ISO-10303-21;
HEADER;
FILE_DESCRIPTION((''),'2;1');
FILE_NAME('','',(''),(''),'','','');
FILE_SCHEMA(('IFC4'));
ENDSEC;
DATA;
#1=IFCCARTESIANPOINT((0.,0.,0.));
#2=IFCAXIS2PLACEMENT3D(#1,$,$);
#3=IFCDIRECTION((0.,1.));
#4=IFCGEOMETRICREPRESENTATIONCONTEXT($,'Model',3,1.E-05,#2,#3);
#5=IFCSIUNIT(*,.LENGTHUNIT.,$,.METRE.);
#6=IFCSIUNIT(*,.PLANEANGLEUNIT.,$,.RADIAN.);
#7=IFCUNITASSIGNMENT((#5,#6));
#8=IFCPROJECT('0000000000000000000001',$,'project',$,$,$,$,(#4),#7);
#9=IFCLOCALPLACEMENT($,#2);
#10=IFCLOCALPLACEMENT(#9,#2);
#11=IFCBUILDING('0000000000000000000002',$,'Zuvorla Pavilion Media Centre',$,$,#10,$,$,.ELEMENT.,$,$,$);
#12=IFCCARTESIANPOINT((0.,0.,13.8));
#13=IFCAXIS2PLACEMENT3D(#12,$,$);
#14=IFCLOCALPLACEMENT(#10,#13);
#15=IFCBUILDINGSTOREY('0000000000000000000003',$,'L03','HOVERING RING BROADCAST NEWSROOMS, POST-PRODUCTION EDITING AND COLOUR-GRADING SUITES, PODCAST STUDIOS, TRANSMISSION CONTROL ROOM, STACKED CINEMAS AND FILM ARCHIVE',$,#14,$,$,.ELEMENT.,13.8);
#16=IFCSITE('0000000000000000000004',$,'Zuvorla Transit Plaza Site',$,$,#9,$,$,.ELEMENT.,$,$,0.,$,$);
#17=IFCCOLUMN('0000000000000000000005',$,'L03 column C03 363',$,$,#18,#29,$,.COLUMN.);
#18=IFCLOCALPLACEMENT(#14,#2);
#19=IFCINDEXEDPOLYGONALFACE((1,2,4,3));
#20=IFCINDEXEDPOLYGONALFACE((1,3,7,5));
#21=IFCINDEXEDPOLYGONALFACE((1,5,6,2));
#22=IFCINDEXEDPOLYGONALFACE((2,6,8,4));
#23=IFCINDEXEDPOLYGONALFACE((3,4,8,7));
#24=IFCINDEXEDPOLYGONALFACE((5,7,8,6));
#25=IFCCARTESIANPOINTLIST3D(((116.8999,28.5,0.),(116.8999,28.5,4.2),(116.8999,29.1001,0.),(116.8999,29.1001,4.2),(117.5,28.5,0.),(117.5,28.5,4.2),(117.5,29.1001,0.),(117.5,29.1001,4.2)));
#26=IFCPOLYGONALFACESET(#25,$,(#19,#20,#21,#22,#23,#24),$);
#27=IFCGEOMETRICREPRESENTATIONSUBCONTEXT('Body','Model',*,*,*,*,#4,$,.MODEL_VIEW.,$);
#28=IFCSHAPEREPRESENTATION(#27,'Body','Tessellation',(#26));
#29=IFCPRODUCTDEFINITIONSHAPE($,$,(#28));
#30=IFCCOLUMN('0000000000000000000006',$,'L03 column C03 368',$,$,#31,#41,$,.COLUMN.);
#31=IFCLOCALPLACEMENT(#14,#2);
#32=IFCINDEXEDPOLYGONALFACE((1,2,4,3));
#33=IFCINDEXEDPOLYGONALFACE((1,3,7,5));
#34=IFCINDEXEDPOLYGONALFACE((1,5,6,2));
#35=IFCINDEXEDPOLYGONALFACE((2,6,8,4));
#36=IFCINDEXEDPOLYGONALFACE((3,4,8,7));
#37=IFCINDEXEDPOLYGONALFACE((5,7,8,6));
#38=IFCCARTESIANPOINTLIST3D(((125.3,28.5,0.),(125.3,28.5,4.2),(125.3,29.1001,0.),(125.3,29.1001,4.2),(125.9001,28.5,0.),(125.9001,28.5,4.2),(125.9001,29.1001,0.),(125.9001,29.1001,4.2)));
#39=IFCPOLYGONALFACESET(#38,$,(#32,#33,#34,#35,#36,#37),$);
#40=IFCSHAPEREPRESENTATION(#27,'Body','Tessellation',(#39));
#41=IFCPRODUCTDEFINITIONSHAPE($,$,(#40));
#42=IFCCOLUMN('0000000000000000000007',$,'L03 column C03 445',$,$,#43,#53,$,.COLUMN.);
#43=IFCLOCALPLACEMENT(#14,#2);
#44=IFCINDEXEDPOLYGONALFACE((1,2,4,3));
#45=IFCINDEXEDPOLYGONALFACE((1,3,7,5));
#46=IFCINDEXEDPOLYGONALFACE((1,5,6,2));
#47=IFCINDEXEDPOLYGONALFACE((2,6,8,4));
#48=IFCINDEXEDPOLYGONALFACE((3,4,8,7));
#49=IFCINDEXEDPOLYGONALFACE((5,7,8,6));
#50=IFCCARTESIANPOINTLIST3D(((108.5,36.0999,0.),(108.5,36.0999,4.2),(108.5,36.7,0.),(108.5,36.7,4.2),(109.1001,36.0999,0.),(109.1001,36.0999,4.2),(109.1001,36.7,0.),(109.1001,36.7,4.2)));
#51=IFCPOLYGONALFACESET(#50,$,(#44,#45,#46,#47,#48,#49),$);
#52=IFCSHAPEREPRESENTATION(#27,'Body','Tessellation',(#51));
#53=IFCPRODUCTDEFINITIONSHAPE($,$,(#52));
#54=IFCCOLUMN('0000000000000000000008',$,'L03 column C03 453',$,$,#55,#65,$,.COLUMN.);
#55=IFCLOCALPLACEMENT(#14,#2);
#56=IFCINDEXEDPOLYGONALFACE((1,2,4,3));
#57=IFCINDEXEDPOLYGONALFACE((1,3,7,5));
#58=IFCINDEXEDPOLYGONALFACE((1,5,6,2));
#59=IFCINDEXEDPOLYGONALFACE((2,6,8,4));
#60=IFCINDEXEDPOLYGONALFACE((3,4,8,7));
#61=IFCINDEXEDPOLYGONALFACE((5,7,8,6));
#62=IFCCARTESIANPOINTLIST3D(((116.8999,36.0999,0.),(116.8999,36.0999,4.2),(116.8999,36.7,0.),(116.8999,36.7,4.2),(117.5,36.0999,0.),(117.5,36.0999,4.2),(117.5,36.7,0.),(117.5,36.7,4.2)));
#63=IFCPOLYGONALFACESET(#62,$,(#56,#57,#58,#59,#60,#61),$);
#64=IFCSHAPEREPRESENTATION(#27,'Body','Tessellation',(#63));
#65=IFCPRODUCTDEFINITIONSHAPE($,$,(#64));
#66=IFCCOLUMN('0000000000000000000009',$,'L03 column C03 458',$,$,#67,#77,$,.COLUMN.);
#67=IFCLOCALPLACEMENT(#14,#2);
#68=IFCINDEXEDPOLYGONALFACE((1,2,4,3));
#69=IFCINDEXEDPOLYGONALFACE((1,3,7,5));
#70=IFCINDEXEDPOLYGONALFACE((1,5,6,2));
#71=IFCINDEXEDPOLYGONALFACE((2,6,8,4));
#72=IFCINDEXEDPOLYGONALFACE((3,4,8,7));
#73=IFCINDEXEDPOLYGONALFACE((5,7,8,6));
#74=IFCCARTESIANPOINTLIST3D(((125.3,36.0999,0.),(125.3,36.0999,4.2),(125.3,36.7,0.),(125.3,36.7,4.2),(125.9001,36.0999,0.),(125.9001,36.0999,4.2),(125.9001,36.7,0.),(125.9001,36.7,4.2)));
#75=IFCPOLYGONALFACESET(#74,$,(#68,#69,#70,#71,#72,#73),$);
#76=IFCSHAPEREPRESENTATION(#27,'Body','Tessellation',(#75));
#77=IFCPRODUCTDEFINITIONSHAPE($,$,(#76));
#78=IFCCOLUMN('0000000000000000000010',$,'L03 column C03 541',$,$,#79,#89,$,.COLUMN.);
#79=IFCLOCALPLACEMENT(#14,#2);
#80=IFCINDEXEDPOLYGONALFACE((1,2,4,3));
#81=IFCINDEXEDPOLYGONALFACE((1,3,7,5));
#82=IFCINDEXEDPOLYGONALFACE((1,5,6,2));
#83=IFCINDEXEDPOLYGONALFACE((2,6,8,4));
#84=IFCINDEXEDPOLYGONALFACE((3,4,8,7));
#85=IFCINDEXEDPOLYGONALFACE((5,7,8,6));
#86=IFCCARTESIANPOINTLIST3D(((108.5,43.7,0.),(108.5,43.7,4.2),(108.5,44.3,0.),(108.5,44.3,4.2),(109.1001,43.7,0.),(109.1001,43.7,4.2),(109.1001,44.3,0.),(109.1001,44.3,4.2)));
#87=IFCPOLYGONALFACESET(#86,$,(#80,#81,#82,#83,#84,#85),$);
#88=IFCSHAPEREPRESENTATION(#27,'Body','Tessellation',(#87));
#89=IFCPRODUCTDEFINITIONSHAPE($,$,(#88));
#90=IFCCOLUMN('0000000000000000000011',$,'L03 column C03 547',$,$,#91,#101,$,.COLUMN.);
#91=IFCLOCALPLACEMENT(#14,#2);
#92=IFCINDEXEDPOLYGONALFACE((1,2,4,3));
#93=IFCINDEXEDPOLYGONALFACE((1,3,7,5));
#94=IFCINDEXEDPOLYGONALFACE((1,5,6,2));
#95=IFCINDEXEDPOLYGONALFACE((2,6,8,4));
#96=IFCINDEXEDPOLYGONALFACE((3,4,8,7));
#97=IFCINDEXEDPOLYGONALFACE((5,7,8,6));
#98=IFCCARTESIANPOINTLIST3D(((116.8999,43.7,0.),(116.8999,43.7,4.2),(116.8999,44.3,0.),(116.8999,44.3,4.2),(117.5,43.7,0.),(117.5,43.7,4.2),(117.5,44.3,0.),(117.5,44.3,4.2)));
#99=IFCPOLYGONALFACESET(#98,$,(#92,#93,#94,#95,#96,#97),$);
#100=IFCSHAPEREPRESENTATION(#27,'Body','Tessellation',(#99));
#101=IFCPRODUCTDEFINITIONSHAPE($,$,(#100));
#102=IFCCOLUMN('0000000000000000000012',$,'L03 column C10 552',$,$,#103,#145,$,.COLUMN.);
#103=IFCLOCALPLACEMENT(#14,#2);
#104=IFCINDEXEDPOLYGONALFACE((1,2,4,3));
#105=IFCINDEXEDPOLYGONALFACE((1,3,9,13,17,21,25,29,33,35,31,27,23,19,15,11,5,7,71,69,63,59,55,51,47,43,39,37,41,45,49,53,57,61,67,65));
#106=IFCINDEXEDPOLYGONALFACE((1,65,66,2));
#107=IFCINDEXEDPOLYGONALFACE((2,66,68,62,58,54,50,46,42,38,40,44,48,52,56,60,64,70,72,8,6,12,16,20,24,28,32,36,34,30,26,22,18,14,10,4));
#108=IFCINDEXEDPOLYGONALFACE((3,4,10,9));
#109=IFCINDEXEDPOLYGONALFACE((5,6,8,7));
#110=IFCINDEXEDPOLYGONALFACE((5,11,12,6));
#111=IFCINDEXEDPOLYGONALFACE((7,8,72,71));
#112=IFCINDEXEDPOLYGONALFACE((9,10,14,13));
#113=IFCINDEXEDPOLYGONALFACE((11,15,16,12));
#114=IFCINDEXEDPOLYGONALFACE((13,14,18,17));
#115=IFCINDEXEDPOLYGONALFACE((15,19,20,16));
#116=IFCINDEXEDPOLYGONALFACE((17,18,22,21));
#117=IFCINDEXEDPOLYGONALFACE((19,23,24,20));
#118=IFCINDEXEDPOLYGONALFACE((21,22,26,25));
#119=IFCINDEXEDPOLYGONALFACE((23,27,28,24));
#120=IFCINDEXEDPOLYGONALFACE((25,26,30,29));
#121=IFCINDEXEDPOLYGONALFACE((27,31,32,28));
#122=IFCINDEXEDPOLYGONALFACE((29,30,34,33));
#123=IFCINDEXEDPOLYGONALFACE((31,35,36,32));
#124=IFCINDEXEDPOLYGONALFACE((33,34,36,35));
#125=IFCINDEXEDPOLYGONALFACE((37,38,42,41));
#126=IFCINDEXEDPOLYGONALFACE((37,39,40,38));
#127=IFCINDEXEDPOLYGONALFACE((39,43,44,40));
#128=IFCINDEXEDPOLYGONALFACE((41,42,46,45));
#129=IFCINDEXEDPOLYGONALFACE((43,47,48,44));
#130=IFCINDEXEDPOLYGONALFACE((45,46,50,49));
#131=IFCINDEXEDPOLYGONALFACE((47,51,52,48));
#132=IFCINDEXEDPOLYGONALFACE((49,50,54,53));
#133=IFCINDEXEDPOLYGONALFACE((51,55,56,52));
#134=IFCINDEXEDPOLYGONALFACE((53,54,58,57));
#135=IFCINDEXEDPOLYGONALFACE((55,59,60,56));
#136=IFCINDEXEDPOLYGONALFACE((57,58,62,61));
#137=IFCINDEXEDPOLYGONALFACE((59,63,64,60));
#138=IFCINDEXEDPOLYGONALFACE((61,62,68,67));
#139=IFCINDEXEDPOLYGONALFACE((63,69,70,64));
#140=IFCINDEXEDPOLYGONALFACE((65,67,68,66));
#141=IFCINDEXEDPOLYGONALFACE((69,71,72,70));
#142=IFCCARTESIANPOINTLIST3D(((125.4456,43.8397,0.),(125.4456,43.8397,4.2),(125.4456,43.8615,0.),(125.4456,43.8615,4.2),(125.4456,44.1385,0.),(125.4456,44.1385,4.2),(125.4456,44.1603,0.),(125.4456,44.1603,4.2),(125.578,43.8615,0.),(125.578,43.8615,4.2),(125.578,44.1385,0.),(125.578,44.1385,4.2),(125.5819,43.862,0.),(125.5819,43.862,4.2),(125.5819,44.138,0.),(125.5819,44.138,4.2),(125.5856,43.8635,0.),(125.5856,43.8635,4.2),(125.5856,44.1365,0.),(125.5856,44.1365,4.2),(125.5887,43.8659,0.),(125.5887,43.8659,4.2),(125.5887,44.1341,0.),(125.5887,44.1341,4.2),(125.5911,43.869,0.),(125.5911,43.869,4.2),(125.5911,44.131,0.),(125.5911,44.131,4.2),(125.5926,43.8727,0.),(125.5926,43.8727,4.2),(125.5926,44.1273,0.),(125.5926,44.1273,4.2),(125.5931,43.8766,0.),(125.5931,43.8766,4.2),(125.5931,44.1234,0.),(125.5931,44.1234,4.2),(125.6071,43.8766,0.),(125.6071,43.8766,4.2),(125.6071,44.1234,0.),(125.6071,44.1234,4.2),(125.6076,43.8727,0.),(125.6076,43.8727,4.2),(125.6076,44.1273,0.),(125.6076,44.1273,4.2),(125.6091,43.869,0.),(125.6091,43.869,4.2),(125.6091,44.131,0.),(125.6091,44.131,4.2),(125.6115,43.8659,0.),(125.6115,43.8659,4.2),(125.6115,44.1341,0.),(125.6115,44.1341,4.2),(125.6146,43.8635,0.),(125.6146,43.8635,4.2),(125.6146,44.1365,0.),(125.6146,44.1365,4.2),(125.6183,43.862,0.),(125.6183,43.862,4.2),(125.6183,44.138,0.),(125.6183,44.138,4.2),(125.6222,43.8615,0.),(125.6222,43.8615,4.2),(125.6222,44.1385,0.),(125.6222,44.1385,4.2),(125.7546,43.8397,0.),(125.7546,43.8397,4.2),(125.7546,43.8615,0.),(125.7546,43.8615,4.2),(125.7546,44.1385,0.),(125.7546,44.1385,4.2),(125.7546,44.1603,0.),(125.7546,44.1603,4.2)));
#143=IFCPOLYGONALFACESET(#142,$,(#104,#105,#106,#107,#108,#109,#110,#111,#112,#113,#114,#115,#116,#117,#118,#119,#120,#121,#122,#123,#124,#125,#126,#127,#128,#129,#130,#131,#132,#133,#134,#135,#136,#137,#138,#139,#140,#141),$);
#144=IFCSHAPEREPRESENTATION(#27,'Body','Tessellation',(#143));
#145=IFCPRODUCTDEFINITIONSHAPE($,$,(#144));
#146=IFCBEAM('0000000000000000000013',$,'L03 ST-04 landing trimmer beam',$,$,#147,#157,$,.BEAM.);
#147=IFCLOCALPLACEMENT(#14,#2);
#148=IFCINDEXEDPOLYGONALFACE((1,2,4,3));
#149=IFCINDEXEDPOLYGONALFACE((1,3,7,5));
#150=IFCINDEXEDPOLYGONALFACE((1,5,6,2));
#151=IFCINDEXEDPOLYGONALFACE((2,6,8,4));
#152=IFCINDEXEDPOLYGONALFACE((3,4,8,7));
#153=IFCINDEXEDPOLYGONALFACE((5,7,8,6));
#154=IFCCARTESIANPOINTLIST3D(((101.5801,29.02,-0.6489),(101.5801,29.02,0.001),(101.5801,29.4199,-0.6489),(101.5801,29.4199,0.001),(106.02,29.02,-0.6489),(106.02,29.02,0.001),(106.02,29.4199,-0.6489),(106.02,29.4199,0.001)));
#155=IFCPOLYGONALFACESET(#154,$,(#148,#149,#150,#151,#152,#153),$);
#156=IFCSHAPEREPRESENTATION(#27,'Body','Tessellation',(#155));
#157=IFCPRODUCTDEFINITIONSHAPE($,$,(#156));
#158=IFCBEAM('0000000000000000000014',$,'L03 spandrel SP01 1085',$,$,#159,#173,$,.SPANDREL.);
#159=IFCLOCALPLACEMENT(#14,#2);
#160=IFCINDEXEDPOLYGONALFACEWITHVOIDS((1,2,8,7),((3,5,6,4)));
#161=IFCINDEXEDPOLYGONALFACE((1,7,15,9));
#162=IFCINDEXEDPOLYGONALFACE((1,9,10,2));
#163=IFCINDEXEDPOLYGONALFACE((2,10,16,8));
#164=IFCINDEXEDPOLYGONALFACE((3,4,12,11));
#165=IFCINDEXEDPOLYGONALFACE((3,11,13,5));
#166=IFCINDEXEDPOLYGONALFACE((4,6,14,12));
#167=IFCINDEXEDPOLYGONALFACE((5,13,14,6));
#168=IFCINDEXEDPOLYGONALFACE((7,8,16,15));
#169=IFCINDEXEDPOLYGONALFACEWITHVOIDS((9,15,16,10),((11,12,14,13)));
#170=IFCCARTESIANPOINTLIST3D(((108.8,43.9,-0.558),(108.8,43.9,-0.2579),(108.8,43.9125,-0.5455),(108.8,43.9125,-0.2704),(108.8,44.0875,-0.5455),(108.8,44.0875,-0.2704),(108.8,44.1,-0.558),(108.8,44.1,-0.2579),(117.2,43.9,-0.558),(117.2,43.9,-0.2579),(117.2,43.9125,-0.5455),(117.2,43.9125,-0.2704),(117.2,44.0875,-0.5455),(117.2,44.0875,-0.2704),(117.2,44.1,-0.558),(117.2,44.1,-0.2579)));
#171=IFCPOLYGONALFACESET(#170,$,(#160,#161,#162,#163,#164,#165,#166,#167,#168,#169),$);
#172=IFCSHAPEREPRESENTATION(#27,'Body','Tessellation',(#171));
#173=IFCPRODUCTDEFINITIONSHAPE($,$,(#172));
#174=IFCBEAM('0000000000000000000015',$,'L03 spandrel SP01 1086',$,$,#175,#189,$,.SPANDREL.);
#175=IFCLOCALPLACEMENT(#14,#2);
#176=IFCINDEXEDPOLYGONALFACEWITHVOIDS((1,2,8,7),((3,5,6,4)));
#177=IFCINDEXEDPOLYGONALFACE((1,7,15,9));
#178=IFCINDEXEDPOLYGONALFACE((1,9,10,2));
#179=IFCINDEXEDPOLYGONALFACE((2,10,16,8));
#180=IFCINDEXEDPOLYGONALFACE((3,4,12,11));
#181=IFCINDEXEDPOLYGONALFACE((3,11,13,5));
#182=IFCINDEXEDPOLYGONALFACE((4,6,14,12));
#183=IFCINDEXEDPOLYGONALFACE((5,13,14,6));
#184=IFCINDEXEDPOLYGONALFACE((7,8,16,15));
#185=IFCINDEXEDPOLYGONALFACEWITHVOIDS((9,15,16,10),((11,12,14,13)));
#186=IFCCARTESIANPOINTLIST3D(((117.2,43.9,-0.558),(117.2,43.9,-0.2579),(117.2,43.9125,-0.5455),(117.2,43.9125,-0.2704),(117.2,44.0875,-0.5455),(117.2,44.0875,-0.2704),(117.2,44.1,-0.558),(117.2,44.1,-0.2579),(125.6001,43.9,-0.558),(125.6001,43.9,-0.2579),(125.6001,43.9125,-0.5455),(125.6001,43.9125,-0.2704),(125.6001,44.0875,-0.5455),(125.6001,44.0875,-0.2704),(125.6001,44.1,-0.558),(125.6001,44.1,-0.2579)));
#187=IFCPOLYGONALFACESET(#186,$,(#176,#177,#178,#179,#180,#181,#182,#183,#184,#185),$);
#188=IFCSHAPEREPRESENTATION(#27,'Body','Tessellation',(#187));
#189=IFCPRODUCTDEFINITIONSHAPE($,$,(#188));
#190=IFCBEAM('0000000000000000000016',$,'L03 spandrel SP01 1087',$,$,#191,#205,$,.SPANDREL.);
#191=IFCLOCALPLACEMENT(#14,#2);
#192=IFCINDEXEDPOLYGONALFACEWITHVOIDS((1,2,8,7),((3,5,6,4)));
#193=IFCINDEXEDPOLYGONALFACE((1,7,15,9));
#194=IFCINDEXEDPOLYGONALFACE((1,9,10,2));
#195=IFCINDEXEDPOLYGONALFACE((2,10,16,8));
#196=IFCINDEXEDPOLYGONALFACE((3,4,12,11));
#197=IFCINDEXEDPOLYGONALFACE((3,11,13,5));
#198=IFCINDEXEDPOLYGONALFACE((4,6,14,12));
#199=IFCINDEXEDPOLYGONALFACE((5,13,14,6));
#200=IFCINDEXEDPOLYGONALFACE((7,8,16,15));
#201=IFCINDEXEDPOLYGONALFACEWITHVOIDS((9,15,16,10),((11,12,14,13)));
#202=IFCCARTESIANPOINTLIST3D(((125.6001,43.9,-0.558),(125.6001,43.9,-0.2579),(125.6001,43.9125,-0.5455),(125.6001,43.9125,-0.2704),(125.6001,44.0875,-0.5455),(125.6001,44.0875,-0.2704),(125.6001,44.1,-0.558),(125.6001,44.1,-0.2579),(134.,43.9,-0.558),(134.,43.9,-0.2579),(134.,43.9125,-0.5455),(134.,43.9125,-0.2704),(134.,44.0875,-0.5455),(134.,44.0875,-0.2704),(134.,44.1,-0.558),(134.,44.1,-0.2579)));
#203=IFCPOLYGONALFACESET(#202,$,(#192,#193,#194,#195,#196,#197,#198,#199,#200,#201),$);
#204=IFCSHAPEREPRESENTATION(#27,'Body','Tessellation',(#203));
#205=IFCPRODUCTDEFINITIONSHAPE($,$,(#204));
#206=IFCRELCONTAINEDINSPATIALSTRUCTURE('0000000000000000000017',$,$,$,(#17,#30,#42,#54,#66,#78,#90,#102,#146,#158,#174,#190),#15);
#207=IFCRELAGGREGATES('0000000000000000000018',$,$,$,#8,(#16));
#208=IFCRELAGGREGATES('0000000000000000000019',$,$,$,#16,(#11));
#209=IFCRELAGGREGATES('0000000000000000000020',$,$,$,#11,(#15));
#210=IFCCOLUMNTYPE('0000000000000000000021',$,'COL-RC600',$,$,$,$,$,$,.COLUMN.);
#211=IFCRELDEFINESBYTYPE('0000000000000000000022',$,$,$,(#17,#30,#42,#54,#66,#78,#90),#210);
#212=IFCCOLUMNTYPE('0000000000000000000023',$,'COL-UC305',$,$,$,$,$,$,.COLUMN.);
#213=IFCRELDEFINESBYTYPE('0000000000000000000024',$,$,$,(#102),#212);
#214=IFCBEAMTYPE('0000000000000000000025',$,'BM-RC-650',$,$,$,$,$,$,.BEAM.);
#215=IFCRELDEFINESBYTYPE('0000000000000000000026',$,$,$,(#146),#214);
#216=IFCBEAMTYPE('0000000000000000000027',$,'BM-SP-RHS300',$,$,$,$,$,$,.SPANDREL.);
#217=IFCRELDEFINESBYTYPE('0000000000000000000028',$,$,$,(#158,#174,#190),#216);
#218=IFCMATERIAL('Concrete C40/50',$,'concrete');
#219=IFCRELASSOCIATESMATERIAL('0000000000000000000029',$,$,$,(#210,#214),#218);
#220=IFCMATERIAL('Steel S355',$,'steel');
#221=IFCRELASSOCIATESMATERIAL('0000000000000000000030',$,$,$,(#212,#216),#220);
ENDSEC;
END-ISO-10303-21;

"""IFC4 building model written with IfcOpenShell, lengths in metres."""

from ifc_helpers import new_model, si_unit, direction, frame, origin, origin_2d, place, context, subcontext, project, spatial, rectangle, hollow_rectangle, i_section, extrude, material, material_profile, profile_set, type_object, element, save


model = new_model("IFC4")

# Units and contexts
model_context = context("Model", 3, precision=1e-05, world=origin(), true_north=direction((0.0, 1.0)))
body_context = subcontext(model_context, "Body", "Model", "MODEL_VIEW")
ifc_project = project(units=[si_unit("LENGTHUNIT", "METRE"), si_unit("PLANEANGLEUNIT", "RADIAN")], contexts=[model_context])

# Site, building, storey
site_placement = place(None, origin())
site = spatial("IfcSite", under=ifc_project, at=site_placement, Name="Zuvorla Transit Plaza Site", CompositionType="ELEMENT", RefElevation=0.0)
building_placement = place(site_placement, origin())
building = spatial("IfcBuilding", under=site, at=building_placement, Name="Zuvorla Pavilion Media Centre", CompositionType="ELEMENT")
storey_placement = place(building_placement, frame((0.0, 0.0, 13.8)))
storey = spatial("IfcBuildingStorey", under=building, at=storey_placement, Name="L03", Description="HOVERING RING BROADCAST NEWSROOMS, POST-PRODUCTION EDITING AND COLOUR-GRADING SUITES, PODCAST STUDIOS, TRANSMISSION CONTROL ROOM, STACKED CINEMAS AND FILM ARCHIVE", CompositionType="ELEMENT", Elevation=13.8)

# Columns
ifc_material_1 = material(Name="Concrete C40/50", Category="concrete")
ifc_material_profile_1 = material_profile(ifc_material_1, rectangle(XDim=0.6001, YDim=0.6001, at=origin_2d()), Name="RC 600x600")
ifc_profile_set_1 = profile_set([ifc_material_profile_1], Name="Concrete C40/50")
column_type_1 = type_object("IfcColumnType", Name="COL-RC600", PredefinedType="COLUMN", material=ifc_profile_set_1)
for number, where, z_axis, x_axis, name in (
    (1, (117.2, 28.8, 0.0), (0.0, 0.0, 1.0), (1.0, 0.0, 0.0), "L03 column C03 363"),
    (2, (125.6001, 28.8, 0.0), (0.0, 0.0, 1.0), (1.0, 0.0, 0.0), "L03 column C03 368"),
    (3, (108.8, 36.3999, 0.0), (0.0, 0.0, 1.0), (1.0, 0.0, 0.0), "L03 column C03 445"),
    (4, (117.2, 36.3999, 0.0), (0.0, 0.0, 1.0), (1.0, 0.0, 0.0), "L03 column C03 453"),
    (5, (125.6001, 36.3999, 0.0), (0.0, 0.0, 1.0), (1.0, 0.0, 0.0), "L03 column C03 458"),
    (6, (108.8, 44.0, 0.0), (0.0, 0.0, 1.0), (1.0, 0.0, 0.0), "L03 column C03 541"),
    (7, (117.2, 44.0, 0.0), (0.0, 0.0, 1.0), (1.0, 0.0, 0.0), "L03 column C03 547"),
):
    element("IfcColumn", number, at=place(storey_placement, frame(where, z_axis=z_axis, x_axis=x_axis)), inside=storey, type_object=column_type_1, Name=name, PredefinedType="COLUMN", context=body_context, shape_type="SweptSolid", body=[
        extrude(rectangle(XDim=0.6001, YDim=0.6001, at=origin_2d()), origin(), (0.0, 0.0, 1.0), 4.2),
    ])
ifc_material_2 = material(Name="Steel S355", Category="steel")
ifc_material_profile_2 = material_profile(ifc_material_2, i_section(OverallWidth=0.3091, OverallDepth=0.3206, WebThickness=0.0139, FlangeThickness=0.0217, FilletRadius=0.0151, at=origin_2d()), Name="UC 305x305x137")
ifc_profile_set_2 = profile_set([ifc_material_profile_2], Name="Steel S355")
column_type_2 = type_object("IfcColumnType", Name="COL-UC305", PredefinedType="COLUMN", material=ifc_profile_set_2)
column_placement = place(storey_placement, frame((125.6001, 44.0, 0.0), z_axis=(0.0, 0.0, 1.0), x_axis=(1.0, 0.0, 0.0)))
element("IfcColumn", 8, at=column_placement, inside=storey, type_object=column_type_2, Name="L03 column C10 552", PredefinedType="COLUMN", context=body_context, shape_type="SweptSolid", body=[
    extrude(i_section(OverallWidth=0.3091, OverallDepth=0.3206, WebThickness=0.0139, FlangeThickness=0.0217, FilletRadius=0.0151, at=origin_2d()), origin(), (0.0, 0.0, 1.0), 4.2),
])

# Beams
ifc_material_profile_3 = material_profile(ifc_material_1, rectangle(XDim=0.3999, YDim=0.6499, at=origin_2d()), Name="RC 400x650")
ifc_profile_set_3 = profile_set([ifc_material_profile_3], Name="Concrete C40/50")
beam_type_1 = type_object("IfcBeamType", Name="BM-RC-650", PredefinedType="BEAM", material=ifc_profile_set_3)
beam_1_placement = place(storey_placement, frame((101.5801, 29.22, -0.324), z_axis=(1.0, 0.0, 0.0), x_axis=(0.0, 1.0, 0.0)))
element("IfcBeam", 9, at=beam_1_placement, inside=storey, type_object=beam_type_1, Name="L03 ST-04 landing trimmer beam", PredefinedType="BEAM", context=body_context, shape_type="SweptSolid", body=[
    extrude(rectangle(XDim=0.3999, YDim=0.6499, at=origin_2d()), origin(), (0.0, 0.0, 1.0), 4.4399),
])
ifc_material_profile_4 = material_profile(ifc_material_2, hollow_rectangle(XDim=0.2, YDim=0.3, WallThickness=0.0125, at=origin_2d()), Name="RHS 300x200x12.5")
ifc_profile_set_4 = profile_set([ifc_material_profile_4], Name="Steel S355")
beam_type_2 = type_object("IfcBeamType", Name="BM-SP-RHS300", PredefinedType="SPANDREL", material=ifc_profile_set_4)
beam_2_placement = place(storey_placement, frame((108.8, 44.0, -0.408), z_axis=(1.0, 0.0, 0.0), x_axis=(0.0, 1.0, 0.0)))
element("IfcBeam", 10, at=beam_2_placement, inside=storey, type_object=beam_type_2, Name="L03 spandrel SP01 1085", PredefinedType="SPANDREL", context=body_context, shape_type="SweptSolid", body=[
    extrude(hollow_rectangle(XDim=0.2, YDim=0.3, WallThickness=0.0125, at=origin_2d()), origin(), (0.0, 0.0, 1.0), 8.3999),
])
beam_3_placement = place(storey_placement, frame((117.2, 44.0, -0.408), z_axis=(1.0, 0.0, 0.0), x_axis=(0.0, 1.0, 0.0)))
element("IfcBeam", 11, at=beam_3_placement, inside=storey, type_object=beam_type_2, Name="L03 spandrel SP01 1086", PredefinedType="SPANDREL", context=body_context, shape_type="SweptSolid", body=[
    extrude(hollow_rectangle(XDim=0.2, YDim=0.3, WallThickness=0.0125, at=origin_2d()), origin(), (0.0, 0.0, 1.0), 8.4001),
])
beam_4_placement = place(storey_placement, frame((125.6001, 44.0, -0.408), z_axis=(1.0, 0.0, 0.0), x_axis=(0.0, 1.0, 0.0)))
element("IfcBeam", 12, at=beam_4_placement, inside=storey, type_object=beam_type_2, Name="L03 spandrel SP01 1087", PredefinedType="SPANDREL", context=body_context, shape_type="SweptSolid", body=[
    extrude(hollow_rectangle(XDim=0.2, YDim=0.3, WallThickness=0.0125, at=origin_2d()), origin(), (0.0, 0.0, 1.0), 8.3999),
])

save(model, "model.ifc")
